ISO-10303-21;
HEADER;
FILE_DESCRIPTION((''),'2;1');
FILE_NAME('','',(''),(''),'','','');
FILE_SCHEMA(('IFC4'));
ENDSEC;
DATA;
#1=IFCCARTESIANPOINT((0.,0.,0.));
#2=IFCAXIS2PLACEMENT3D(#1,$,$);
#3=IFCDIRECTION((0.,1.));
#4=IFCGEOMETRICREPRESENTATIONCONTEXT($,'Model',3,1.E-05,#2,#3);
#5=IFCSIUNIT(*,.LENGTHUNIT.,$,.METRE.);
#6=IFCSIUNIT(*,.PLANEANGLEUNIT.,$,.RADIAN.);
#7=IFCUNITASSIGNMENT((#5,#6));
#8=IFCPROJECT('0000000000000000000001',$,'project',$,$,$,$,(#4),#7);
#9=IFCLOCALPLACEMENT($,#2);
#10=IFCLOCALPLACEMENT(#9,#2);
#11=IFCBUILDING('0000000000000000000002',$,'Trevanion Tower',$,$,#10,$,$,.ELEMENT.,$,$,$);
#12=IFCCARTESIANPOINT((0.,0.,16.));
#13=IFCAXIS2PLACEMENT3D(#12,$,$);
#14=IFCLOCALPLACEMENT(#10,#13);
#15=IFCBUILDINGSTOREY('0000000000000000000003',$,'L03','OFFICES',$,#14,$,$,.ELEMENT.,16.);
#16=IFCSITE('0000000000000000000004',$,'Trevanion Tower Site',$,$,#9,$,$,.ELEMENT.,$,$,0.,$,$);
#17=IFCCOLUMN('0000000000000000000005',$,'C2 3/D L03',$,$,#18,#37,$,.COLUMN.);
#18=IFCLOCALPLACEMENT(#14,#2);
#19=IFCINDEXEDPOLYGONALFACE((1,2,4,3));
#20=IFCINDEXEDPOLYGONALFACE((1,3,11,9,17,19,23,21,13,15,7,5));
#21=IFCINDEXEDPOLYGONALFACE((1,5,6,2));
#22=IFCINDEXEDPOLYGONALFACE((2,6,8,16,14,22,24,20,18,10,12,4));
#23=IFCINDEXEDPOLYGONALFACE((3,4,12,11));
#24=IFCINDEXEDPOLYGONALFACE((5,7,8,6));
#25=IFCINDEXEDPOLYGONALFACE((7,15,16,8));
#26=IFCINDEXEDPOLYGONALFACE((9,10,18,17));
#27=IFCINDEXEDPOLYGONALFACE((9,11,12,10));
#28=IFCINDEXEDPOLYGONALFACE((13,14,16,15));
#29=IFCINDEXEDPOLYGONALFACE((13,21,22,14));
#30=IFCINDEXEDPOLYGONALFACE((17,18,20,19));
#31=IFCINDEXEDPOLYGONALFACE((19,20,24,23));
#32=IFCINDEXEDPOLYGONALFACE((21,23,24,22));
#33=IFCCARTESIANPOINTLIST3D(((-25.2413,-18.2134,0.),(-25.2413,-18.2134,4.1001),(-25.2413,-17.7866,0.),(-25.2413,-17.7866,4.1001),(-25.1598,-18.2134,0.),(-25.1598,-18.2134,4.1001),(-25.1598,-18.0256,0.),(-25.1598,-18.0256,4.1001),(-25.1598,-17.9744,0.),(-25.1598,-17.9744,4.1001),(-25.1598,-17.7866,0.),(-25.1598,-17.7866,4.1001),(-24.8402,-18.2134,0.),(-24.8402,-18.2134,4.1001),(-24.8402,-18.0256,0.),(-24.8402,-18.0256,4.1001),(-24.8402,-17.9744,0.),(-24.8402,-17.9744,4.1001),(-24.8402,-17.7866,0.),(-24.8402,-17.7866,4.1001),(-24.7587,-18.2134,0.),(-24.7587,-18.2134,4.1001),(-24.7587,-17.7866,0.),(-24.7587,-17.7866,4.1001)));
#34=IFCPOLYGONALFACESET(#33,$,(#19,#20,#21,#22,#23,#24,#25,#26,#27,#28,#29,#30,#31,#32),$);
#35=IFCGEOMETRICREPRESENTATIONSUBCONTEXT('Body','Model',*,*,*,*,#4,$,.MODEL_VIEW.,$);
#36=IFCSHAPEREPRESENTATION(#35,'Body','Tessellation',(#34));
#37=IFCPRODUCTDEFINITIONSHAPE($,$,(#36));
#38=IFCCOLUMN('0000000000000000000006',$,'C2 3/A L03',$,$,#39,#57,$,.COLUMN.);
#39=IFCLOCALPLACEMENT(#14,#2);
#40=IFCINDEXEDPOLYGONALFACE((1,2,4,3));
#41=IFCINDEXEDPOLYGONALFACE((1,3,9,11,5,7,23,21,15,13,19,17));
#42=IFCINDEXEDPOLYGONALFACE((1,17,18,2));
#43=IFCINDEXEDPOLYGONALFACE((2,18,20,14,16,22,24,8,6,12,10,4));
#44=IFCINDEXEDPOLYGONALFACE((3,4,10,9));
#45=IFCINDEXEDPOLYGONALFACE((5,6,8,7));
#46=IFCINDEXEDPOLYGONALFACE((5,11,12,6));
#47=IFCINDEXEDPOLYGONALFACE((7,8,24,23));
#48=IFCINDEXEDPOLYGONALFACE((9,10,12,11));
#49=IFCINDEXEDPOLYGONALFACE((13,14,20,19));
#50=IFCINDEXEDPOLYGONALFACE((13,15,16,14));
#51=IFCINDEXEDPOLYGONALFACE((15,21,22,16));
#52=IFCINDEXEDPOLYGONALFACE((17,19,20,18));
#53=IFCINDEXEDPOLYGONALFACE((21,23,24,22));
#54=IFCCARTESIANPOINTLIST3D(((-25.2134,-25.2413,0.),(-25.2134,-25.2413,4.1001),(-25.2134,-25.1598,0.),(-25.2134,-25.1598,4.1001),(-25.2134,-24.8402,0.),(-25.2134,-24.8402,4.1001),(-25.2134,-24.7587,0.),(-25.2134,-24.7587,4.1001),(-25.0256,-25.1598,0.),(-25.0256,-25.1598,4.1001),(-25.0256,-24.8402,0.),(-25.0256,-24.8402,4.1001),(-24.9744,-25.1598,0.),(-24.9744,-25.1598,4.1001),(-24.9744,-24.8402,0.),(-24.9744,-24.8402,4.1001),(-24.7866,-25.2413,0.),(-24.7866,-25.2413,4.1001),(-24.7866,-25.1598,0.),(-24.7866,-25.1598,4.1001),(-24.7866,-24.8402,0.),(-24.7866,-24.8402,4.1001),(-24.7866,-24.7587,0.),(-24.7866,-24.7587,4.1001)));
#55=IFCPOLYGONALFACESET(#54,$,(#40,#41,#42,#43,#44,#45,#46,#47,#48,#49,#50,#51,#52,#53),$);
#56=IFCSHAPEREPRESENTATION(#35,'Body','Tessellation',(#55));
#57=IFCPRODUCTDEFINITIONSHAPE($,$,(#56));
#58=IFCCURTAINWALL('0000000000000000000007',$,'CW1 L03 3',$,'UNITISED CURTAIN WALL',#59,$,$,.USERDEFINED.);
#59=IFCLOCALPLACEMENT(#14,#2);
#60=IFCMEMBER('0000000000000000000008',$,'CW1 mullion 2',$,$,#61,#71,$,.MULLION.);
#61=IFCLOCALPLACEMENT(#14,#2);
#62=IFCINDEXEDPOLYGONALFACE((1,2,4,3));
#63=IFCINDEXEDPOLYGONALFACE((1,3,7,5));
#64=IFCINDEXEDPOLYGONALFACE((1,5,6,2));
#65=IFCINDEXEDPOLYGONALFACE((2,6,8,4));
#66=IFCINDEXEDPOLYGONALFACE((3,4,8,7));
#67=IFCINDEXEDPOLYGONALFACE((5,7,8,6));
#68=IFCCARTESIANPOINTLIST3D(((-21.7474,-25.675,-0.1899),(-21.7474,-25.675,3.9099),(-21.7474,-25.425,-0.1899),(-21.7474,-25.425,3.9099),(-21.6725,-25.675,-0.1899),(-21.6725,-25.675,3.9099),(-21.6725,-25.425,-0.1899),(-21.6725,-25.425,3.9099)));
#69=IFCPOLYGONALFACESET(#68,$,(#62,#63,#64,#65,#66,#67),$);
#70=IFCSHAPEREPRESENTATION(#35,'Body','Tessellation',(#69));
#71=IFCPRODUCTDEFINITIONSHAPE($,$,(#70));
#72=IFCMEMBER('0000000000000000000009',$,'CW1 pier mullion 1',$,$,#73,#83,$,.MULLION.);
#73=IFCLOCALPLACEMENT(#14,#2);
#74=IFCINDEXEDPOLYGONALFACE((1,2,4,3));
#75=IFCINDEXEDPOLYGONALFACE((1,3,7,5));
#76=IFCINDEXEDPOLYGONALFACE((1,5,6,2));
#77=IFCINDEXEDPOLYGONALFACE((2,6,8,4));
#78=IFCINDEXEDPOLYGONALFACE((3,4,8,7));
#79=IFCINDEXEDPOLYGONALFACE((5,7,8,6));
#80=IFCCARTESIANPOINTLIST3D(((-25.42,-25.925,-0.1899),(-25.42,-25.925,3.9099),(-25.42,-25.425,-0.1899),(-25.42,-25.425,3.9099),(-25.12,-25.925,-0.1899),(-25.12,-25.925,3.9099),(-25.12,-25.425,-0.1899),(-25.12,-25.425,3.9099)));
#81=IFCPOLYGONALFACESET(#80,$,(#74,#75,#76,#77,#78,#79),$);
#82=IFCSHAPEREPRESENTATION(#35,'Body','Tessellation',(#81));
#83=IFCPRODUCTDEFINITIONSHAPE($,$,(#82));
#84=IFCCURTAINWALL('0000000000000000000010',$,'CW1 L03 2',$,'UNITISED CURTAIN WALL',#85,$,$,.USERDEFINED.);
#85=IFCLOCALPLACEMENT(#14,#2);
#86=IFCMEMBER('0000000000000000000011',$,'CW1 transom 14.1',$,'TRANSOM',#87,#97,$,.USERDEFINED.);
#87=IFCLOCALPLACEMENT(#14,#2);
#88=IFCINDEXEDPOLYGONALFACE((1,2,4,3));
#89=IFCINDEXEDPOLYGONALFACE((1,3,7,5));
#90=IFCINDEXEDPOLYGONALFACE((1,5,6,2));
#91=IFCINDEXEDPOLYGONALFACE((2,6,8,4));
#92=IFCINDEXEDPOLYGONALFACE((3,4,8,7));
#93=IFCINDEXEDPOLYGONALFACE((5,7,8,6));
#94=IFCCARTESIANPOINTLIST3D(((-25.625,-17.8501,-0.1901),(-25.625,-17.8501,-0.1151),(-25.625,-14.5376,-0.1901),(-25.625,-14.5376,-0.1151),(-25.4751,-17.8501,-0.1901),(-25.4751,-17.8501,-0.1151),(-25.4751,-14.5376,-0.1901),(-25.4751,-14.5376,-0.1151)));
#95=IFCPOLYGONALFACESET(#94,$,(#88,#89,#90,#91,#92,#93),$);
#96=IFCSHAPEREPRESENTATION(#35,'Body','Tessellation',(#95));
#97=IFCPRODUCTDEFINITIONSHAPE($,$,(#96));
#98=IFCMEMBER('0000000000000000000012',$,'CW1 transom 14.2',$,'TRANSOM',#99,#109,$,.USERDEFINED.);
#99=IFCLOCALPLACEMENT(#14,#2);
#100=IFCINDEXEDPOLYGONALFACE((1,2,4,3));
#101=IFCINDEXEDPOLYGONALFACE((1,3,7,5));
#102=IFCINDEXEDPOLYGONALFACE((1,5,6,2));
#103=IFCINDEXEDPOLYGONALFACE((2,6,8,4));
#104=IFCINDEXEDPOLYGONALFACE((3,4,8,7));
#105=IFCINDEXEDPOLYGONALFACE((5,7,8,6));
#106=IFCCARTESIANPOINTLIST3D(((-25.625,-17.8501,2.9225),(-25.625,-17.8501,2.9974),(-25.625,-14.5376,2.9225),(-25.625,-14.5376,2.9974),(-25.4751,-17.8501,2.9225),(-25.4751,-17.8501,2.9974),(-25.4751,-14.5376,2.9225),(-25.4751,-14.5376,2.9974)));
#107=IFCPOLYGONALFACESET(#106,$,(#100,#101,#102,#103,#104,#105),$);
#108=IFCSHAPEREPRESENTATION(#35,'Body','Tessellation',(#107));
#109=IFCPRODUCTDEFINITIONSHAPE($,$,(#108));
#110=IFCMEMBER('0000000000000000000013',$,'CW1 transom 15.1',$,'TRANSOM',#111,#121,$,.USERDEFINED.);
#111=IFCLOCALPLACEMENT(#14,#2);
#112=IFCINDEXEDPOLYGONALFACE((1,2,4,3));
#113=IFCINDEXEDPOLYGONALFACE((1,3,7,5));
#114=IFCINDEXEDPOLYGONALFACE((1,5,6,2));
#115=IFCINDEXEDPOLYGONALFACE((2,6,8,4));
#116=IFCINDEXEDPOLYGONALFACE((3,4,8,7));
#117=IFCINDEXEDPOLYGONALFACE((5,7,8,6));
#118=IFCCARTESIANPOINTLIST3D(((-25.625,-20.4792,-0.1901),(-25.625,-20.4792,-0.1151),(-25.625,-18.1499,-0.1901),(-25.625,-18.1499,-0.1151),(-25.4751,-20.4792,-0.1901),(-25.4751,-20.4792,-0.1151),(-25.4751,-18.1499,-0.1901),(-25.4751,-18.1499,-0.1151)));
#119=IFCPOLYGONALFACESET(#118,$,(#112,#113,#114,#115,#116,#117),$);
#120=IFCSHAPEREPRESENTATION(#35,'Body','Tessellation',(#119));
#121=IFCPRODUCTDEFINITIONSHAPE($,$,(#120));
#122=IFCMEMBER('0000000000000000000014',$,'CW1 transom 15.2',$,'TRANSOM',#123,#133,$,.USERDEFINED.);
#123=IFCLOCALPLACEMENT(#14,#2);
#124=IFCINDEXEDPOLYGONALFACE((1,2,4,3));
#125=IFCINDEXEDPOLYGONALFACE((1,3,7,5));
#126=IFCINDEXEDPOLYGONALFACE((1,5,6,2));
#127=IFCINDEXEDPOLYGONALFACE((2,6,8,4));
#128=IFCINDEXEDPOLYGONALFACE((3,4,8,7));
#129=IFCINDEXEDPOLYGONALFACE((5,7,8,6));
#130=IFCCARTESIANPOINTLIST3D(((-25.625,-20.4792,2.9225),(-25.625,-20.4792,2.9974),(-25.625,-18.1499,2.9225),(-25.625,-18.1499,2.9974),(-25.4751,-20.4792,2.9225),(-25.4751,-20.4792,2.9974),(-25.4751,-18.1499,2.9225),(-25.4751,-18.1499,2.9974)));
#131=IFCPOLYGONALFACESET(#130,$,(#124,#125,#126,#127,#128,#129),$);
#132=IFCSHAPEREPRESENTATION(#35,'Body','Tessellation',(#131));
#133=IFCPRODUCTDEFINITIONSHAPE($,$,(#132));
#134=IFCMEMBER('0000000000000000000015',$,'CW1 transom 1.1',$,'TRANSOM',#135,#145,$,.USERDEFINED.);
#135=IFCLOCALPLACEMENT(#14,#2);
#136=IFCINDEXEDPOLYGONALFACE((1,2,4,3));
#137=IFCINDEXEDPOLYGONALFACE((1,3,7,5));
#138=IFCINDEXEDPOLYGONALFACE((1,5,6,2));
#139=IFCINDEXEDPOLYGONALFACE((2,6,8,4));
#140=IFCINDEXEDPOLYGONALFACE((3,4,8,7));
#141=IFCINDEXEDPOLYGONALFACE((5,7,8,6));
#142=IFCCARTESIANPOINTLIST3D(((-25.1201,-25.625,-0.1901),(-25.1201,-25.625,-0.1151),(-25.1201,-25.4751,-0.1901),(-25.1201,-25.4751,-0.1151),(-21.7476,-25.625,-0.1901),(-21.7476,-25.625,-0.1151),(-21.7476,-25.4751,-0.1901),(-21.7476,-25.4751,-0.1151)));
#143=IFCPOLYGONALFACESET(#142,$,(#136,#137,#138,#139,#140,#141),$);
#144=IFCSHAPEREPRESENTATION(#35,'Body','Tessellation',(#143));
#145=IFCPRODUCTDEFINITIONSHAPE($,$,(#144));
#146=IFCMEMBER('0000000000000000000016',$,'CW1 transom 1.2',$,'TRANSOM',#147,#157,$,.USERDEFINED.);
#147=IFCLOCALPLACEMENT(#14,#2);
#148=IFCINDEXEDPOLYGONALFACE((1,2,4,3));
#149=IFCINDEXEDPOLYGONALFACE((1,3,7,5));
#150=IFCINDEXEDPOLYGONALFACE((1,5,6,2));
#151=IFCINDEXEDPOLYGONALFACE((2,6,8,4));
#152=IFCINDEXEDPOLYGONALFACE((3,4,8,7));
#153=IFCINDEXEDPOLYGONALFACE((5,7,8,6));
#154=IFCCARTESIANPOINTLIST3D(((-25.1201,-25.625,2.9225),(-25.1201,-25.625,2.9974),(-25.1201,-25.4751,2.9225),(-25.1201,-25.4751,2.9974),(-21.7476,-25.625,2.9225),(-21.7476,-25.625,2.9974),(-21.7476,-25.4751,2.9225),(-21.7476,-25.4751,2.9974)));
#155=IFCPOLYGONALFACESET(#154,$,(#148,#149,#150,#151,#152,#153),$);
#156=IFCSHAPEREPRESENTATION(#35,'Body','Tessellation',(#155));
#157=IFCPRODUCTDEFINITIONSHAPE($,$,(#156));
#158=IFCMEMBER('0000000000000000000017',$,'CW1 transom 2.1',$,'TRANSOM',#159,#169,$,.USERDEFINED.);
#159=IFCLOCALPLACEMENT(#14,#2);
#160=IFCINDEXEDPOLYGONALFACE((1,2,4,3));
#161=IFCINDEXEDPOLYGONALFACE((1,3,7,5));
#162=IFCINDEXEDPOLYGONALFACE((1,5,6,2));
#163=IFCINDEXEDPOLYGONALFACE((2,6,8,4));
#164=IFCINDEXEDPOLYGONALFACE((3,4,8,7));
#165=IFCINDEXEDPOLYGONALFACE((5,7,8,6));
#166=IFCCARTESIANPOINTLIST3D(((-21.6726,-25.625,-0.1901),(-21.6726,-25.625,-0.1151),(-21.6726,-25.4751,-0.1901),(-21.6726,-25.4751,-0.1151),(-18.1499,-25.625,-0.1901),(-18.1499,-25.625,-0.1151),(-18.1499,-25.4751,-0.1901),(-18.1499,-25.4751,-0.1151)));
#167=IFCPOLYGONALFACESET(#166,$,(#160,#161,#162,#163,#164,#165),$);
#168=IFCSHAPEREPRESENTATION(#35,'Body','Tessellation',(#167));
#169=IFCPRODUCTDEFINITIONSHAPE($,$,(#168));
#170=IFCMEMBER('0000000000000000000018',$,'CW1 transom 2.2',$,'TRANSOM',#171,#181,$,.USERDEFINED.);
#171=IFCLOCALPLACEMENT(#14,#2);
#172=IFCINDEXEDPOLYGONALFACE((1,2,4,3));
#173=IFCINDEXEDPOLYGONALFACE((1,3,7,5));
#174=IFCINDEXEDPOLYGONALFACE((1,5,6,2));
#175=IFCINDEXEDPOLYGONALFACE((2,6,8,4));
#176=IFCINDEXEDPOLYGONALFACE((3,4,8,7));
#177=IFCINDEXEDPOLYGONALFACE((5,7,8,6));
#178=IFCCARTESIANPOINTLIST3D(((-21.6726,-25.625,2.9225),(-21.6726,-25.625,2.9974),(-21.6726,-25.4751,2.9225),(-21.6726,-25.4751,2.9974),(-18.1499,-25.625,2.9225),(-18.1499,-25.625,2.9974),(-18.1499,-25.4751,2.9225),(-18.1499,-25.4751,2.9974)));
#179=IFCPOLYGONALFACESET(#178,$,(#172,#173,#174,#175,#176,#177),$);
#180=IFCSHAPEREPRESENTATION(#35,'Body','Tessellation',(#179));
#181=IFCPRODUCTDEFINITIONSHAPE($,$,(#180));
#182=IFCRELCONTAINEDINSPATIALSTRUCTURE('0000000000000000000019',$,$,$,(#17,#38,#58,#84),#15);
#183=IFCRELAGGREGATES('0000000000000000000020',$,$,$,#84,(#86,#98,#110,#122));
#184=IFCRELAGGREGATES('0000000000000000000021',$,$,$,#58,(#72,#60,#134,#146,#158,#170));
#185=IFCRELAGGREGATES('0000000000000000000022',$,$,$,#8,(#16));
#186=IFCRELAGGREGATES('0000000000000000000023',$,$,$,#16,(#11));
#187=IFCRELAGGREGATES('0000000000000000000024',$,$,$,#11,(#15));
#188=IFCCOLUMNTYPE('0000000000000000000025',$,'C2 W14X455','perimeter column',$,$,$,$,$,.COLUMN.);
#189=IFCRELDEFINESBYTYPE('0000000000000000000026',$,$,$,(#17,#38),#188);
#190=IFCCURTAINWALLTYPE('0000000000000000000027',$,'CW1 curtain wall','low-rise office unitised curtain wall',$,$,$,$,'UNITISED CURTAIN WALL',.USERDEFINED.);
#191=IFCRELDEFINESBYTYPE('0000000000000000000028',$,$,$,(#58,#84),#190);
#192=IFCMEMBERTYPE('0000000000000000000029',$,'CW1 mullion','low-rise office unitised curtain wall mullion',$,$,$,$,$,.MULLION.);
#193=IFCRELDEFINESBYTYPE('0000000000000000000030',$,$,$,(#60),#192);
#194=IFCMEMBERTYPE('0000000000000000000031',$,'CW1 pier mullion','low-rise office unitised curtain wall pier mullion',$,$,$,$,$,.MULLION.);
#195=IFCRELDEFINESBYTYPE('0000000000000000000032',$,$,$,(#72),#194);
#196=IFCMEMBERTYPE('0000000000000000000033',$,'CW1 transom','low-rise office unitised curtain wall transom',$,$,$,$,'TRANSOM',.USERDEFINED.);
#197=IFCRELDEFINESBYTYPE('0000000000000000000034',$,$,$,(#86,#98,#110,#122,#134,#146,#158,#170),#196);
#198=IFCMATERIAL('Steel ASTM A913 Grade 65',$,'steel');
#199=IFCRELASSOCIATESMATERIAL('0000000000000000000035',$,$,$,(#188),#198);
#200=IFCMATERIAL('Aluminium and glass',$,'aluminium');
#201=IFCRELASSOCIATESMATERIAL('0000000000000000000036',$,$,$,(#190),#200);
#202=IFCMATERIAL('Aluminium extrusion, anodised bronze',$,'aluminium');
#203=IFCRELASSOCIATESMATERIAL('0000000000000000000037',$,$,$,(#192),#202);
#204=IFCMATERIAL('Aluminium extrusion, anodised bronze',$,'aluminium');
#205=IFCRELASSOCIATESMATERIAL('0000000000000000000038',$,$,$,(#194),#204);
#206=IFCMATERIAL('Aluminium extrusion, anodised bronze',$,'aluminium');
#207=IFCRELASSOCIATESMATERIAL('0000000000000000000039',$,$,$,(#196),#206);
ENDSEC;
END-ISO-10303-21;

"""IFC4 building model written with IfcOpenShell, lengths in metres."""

from ifc_helpers import new_model, si_unit, direction, frame, origin, origin_2d, place, context, subcontext, project, spatial, rectangle, i_section, extrude, material, material_profile, profile_set, type_object, element, aggregate, save


model = new_model("IFC4")

# Units and contexts
model_context = context("Model", 3, precision=1e-05, world=origin(), true_north=direction((0.0, 1.0)))
body_context = subcontext(model_context, "Body", "Model", "MODEL_VIEW")
ifc_project = project(units=[si_unit("LENGTHUNIT", "METRE"), si_unit("PLANEANGLEUNIT", "RADIAN")], contexts=[model_context])

# Site, building, storey
site_placement = place(None, origin())
site = spatial("IfcSite", under=ifc_project, at=site_placement, Name="Trevanion Tower Site", CompositionType="ELEMENT", RefElevation=0.0)
building_placement = place(site_placement, origin())
building = spatial("IfcBuilding", under=site, at=building_placement, Name="Trevanion Tower", CompositionType="ELEMENT")
storey_placement = place(building_placement, frame((0.0, 0.0, 16.0)))
storey = spatial("IfcBuildingStorey", under=building, at=storey_placement, Name="L03", Description="OFFICES", CompositionType="ELEMENT", Elevation=16.0)

# Columns
ifc_material_1 = material(Name="Steel ASTM A913 Grade 65", Category="steel")
ifc_material_profile_1 = material_profile(ifc_material_1, i_section(OverallWidth=0.4268, OverallDepth=0.4827, WebThickness=0.0513, FlangeThickness=0.0815, at=origin_2d()), Name="W14X455")
ifc_profile_set_1 = profile_set([ifc_material_profile_1], Name="Steel ASTM A913 Grade 65")
column_type = type_object("IfcColumnType", Name="C2 W14X455", Description="perimeter column", PredefinedType="COLUMN", material=ifc_profile_set_1)
for number, where, z_axis, x_axis, name in (
    (1, (-25.0, -18.0, 0.0), (0.0, 0.0, 1.0), (0.0, 1.0, 0.0), "C2 3/D L03"),
    (2, (-25.0, -25.0, 0.0), (0.0, 0.0, 1.0), (1.0, 0.0, 0.0), "C2 3/A L03"),
):
    element("IfcColumn", number, at=place(storey_placement, frame(where, z_axis=z_axis, x_axis=x_axis)), inside=storey, type_object=column_type, Name=name, PredefinedType="COLUMN", context=body_context, shape_type="SweptSolid", body=[
        extrude(i_section(OverallWidth=0.4268, OverallDepth=0.4827, WebThickness=0.0513, FlangeThickness=0.0815, at=origin_2d()), origin(), (0.0, 0.0, 1.0), 4.1001),
    ])

# Curtain walls, members
ifc_material_2 = material(Name="Aluminium and glass", Category="aluminium")
curtain_wall_type = type_object("IfcCurtainWallType", Name="CW1 curtain wall", Description="low-rise office unitised curtain wall", ElementType="UNITISED CURTAIN WALL", PredefinedType="USERDEFINED", material=ifc_material_2)
curtain_wall_1_placement = place(storey_placement, origin())
curtain_wall_1 = element("IfcCurtainWall", 3, at=curtain_wall_1_placement, inside=storey, type_object=curtain_wall_type, Name="CW1 L03 3", ObjectType="UNITISED CURTAIN WALL", PredefinedType="USERDEFINED")
ifc_material_3 = material(Name="Aluminium extrusion, anodised bronze", Category="aluminium")
ifc_material_profile_2 = material_profile(ifc_material_3, rectangle(XDim=0.075, YDim=0.25, at=origin_2d()), Name="CW1 mullion")
ifc_profile_set_2 = profile_set([ifc_material_profile_2], Name="Aluminium extrusion, anodised bronze")
member_type_1 = type_object("IfcMemberType", Name="CW1 mullion", Description="low-rise office unitised curtain wall mullion", PredefinedType="MULLION", material=ifc_profile_set_2)
member_1_placement = place(storey_placement, frame((-21.71, -25.55, -0.1899), z_axis=(0.0, 0.0, 1.0), x_axis=(1.0, 0.0, 0.0)))
member_1 = element("IfcMember", 4, at=member_1_placement, type_object=member_type_1, Name="CW1 mullion 2", PredefinedType="MULLION", context=body_context, shape_type="SweptSolid", body=[
    extrude(rectangle(XDim=0.075, YDim=0.25, at=origin_2d()), origin(), (0.0, 0.0, 1.0), 4.0999),
])
ifc_material_4 = material(Name="Aluminium extrusion, anodised bronze", Category="aluminium")
ifc_material_profile_3 = material_profile(ifc_material_4, rectangle(XDim=0.3, YDim=0.5, at=origin_2d()), Name="CW1 pier mullion")
ifc_profile_set_3 = profile_set([ifc_material_profile_3], Name="Aluminium extrusion, anodised bronze")
member_type_2 = type_object("IfcMemberType", Name="CW1 pier mullion", Description="low-rise office unitised curtain wall pier mullion", PredefinedType="MULLION", material=ifc_profile_set_3)
member_2_placement = place(storey_placement, frame((-25.27, -25.675, -0.1899), z_axis=(0.0, 0.0, 1.0), x_axis=(1.0, 0.0, 0.0)))
member_2 = element("IfcMember", 5, at=member_2_placement, type_object=member_type_2, Name="CW1 pier mullion 1", PredefinedType="MULLION", context=body_context, shape_type="SweptSolid", body=[
    extrude(rectangle(XDim=0.3, YDim=0.5, at=origin_2d()), origin(), (0.0, 0.0, 1.0), 4.0999),
])
curtain_wall_2_placement = place(storey_placement, origin())
curtain_wall_2 = element("IfcCurtainWall", 6, at=curtain_wall_2_placement, inside=storey, type_object=curtain_wall_type, Name="CW1 L03 2", ObjectType="UNITISED CURTAIN WALL", PredefinedType="USERDEFINED")
ifc_material_5 = material(Name="Aluminium extrusion, anodised bronze", Category="aluminium")
ifc_material_profile_4 = material_profile(ifc_material_5, rectangle(XDim=0.1499, YDim=0.075, at=origin_2d()), Name="CW1 transom")
ifc_profile_set_4 = profile_set([ifc_material_profile_4], Name="Aluminium extrusion, anodised bronze")
member_type_3 = type_object("IfcMemberType", Name="CW1 transom", Description="low-rise office unitised curtain wall transom", ElementType="TRANSOM", PredefinedType="USERDEFINED", material=ifc_profile_set_4)
member_3_placement = place(storey_placement, frame((-25.55, -14.5376, -0.1526), z_axis=(0.0, -1.0, 0.0), x_axis=(1.0, 0.0, 0.0)))
member_3 = element("IfcMember", 7, at=member_3_placement, type_object=member_type_3, Name="CW1 transom 14.1", ObjectType="TRANSOM", PredefinedType="USERDEFINED", context=body_context, shape_type="SweptSolid", body=[
    extrude(rectangle(XDim=0.1499, YDim=0.075, at=origin_2d()), origin(), (0.0, 0.0, 1.0), 3.3125),
])
member_4_placement = place(storey_placement, frame((-25.55, -14.5376, 2.96), z_axis=(0.0, -1.0, 0.0), x_axis=(1.0, 0.0, 0.0)))
member_4 = element("IfcMember", 8, at=member_4_placement, type_object=member_type_3, Name="CW1 transom 14.2", ObjectType="TRANSOM", PredefinedType="USERDEFINED", context=body_context, shape_type="SweptSolid", body=[
    extrude(rectangle(XDim=0.1499, YDim=0.075, at=origin_2d()), origin(), (0.0, 0.0, 1.0), 3.3125),
])
member_5_placement = place(storey_placement, frame((-25.55, -18.1499, -0.1526), z_axis=(0.0, -1.0, 0.0), x_axis=(1.0, 0.0, 0.0)))
member_5 = element("IfcMember", 9, at=member_5_placement, type_object=member_type_3, Name="CW1 transom 15.1", ObjectType="TRANSOM", PredefinedType="USERDEFINED", context=body_context, shape_type="SweptSolid", body=[
    extrude(rectangle(XDim=0.1499, YDim=0.075, at=origin_2d()), origin(), (0.0, 0.0, 1.0), 2.3293),
])
member_6_placement = place(storey_placement, frame((-25.55, -18.1499, 2.96), z_axis=(0.0, -1.0, 0.0), x_axis=(1.0, 0.0, 0.0)))
member_6 = element("IfcMember", 10, at=member_6_placement, type_object=member_type_3, Name="CW1 transom 15.2", ObjectType="TRANSOM", PredefinedType="USERDEFINED", context=body_context, shape_type="SweptSolid", body=[
    extrude(rectangle(XDim=0.1499, YDim=0.075, at=origin_2d()), origin(), (0.0, 0.0, 1.0), 2.3293),
])

# Members
member_7_placement = place(storey_placement, frame((-25.1201, -25.55, -0.1526), z_axis=(1.0, 0.0, 0.0), x_axis=(0.0, 1.0, 0.0)))
member_7 = element("IfcMember", 11, at=member_7_placement, type_object=member_type_3, Name="CW1 transom 1.1", ObjectType="TRANSOM", PredefinedType="USERDEFINED", context=body_context, shape_type="SweptSolid", body=[
    extrude(rectangle(XDim=0.1499, YDim=0.075, at=origin_2d()), origin(), (0.0, 0.0, 1.0), 3.3726),
])
member_8_placement = place(storey_placement, frame((-25.1201, -25.55, 2.96), z_axis=(1.0, 0.0, 0.0), x_axis=(0.0, 1.0, 0.0)))
member_8 = element("IfcMember", 12, at=member_8_placement, type_object=member_type_3, Name="CW1 transom 1.2", ObjectType="TRANSOM", PredefinedType="USERDEFINED", context=body_context, shape_type="SweptSolid", body=[
    extrude(rectangle(XDim=0.1499, YDim=0.075, at=origin_2d()), origin(), (0.0, 0.0, 1.0), 3.3726),
])
member_9_placement = place(storey_placement, frame((-21.6726, -25.55, -0.1526), z_axis=(1.0, 0.0, 0.0), x_axis=(0.0, 1.0, 0.0)))
member_9 = element("IfcMember", 13, at=member_9_placement, type_object=member_type_3, Name="CW1 transom 2.1", ObjectType="TRANSOM", PredefinedType="USERDEFINED", context=body_context, shape_type="SweptSolid", body=[
    extrude(rectangle(XDim=0.1499, YDim=0.075, at=origin_2d()), origin(), (0.0, 0.0, 1.0), 3.5227),
])
member_10_placement = place(storey_placement, frame((-21.6726, -25.55, 2.96), z_axis=(1.0, 0.0, 0.0), x_axis=(0.0, 1.0, 0.0)))
member_10 = element("IfcMember", 14, at=member_10_placement, type_object=member_type_3, Name="CW1 transom 2.2", ObjectType="TRANSOM", PredefinedType="USERDEFINED", context=body_context, shape_type="SweptSolid", body=[
    extrude(rectangle(XDim=0.1499, YDim=0.075, at=origin_2d()), origin(), (0.0, 0.0, 1.0), 3.5227),
])

aggregate(curtain_wall_2, [member_3, member_4, member_5, member_6])
aggregate(curtain_wall_1, [member_2, member_1, member_7, member_8, member_9, member_10])

save(model, "model.ifc")
